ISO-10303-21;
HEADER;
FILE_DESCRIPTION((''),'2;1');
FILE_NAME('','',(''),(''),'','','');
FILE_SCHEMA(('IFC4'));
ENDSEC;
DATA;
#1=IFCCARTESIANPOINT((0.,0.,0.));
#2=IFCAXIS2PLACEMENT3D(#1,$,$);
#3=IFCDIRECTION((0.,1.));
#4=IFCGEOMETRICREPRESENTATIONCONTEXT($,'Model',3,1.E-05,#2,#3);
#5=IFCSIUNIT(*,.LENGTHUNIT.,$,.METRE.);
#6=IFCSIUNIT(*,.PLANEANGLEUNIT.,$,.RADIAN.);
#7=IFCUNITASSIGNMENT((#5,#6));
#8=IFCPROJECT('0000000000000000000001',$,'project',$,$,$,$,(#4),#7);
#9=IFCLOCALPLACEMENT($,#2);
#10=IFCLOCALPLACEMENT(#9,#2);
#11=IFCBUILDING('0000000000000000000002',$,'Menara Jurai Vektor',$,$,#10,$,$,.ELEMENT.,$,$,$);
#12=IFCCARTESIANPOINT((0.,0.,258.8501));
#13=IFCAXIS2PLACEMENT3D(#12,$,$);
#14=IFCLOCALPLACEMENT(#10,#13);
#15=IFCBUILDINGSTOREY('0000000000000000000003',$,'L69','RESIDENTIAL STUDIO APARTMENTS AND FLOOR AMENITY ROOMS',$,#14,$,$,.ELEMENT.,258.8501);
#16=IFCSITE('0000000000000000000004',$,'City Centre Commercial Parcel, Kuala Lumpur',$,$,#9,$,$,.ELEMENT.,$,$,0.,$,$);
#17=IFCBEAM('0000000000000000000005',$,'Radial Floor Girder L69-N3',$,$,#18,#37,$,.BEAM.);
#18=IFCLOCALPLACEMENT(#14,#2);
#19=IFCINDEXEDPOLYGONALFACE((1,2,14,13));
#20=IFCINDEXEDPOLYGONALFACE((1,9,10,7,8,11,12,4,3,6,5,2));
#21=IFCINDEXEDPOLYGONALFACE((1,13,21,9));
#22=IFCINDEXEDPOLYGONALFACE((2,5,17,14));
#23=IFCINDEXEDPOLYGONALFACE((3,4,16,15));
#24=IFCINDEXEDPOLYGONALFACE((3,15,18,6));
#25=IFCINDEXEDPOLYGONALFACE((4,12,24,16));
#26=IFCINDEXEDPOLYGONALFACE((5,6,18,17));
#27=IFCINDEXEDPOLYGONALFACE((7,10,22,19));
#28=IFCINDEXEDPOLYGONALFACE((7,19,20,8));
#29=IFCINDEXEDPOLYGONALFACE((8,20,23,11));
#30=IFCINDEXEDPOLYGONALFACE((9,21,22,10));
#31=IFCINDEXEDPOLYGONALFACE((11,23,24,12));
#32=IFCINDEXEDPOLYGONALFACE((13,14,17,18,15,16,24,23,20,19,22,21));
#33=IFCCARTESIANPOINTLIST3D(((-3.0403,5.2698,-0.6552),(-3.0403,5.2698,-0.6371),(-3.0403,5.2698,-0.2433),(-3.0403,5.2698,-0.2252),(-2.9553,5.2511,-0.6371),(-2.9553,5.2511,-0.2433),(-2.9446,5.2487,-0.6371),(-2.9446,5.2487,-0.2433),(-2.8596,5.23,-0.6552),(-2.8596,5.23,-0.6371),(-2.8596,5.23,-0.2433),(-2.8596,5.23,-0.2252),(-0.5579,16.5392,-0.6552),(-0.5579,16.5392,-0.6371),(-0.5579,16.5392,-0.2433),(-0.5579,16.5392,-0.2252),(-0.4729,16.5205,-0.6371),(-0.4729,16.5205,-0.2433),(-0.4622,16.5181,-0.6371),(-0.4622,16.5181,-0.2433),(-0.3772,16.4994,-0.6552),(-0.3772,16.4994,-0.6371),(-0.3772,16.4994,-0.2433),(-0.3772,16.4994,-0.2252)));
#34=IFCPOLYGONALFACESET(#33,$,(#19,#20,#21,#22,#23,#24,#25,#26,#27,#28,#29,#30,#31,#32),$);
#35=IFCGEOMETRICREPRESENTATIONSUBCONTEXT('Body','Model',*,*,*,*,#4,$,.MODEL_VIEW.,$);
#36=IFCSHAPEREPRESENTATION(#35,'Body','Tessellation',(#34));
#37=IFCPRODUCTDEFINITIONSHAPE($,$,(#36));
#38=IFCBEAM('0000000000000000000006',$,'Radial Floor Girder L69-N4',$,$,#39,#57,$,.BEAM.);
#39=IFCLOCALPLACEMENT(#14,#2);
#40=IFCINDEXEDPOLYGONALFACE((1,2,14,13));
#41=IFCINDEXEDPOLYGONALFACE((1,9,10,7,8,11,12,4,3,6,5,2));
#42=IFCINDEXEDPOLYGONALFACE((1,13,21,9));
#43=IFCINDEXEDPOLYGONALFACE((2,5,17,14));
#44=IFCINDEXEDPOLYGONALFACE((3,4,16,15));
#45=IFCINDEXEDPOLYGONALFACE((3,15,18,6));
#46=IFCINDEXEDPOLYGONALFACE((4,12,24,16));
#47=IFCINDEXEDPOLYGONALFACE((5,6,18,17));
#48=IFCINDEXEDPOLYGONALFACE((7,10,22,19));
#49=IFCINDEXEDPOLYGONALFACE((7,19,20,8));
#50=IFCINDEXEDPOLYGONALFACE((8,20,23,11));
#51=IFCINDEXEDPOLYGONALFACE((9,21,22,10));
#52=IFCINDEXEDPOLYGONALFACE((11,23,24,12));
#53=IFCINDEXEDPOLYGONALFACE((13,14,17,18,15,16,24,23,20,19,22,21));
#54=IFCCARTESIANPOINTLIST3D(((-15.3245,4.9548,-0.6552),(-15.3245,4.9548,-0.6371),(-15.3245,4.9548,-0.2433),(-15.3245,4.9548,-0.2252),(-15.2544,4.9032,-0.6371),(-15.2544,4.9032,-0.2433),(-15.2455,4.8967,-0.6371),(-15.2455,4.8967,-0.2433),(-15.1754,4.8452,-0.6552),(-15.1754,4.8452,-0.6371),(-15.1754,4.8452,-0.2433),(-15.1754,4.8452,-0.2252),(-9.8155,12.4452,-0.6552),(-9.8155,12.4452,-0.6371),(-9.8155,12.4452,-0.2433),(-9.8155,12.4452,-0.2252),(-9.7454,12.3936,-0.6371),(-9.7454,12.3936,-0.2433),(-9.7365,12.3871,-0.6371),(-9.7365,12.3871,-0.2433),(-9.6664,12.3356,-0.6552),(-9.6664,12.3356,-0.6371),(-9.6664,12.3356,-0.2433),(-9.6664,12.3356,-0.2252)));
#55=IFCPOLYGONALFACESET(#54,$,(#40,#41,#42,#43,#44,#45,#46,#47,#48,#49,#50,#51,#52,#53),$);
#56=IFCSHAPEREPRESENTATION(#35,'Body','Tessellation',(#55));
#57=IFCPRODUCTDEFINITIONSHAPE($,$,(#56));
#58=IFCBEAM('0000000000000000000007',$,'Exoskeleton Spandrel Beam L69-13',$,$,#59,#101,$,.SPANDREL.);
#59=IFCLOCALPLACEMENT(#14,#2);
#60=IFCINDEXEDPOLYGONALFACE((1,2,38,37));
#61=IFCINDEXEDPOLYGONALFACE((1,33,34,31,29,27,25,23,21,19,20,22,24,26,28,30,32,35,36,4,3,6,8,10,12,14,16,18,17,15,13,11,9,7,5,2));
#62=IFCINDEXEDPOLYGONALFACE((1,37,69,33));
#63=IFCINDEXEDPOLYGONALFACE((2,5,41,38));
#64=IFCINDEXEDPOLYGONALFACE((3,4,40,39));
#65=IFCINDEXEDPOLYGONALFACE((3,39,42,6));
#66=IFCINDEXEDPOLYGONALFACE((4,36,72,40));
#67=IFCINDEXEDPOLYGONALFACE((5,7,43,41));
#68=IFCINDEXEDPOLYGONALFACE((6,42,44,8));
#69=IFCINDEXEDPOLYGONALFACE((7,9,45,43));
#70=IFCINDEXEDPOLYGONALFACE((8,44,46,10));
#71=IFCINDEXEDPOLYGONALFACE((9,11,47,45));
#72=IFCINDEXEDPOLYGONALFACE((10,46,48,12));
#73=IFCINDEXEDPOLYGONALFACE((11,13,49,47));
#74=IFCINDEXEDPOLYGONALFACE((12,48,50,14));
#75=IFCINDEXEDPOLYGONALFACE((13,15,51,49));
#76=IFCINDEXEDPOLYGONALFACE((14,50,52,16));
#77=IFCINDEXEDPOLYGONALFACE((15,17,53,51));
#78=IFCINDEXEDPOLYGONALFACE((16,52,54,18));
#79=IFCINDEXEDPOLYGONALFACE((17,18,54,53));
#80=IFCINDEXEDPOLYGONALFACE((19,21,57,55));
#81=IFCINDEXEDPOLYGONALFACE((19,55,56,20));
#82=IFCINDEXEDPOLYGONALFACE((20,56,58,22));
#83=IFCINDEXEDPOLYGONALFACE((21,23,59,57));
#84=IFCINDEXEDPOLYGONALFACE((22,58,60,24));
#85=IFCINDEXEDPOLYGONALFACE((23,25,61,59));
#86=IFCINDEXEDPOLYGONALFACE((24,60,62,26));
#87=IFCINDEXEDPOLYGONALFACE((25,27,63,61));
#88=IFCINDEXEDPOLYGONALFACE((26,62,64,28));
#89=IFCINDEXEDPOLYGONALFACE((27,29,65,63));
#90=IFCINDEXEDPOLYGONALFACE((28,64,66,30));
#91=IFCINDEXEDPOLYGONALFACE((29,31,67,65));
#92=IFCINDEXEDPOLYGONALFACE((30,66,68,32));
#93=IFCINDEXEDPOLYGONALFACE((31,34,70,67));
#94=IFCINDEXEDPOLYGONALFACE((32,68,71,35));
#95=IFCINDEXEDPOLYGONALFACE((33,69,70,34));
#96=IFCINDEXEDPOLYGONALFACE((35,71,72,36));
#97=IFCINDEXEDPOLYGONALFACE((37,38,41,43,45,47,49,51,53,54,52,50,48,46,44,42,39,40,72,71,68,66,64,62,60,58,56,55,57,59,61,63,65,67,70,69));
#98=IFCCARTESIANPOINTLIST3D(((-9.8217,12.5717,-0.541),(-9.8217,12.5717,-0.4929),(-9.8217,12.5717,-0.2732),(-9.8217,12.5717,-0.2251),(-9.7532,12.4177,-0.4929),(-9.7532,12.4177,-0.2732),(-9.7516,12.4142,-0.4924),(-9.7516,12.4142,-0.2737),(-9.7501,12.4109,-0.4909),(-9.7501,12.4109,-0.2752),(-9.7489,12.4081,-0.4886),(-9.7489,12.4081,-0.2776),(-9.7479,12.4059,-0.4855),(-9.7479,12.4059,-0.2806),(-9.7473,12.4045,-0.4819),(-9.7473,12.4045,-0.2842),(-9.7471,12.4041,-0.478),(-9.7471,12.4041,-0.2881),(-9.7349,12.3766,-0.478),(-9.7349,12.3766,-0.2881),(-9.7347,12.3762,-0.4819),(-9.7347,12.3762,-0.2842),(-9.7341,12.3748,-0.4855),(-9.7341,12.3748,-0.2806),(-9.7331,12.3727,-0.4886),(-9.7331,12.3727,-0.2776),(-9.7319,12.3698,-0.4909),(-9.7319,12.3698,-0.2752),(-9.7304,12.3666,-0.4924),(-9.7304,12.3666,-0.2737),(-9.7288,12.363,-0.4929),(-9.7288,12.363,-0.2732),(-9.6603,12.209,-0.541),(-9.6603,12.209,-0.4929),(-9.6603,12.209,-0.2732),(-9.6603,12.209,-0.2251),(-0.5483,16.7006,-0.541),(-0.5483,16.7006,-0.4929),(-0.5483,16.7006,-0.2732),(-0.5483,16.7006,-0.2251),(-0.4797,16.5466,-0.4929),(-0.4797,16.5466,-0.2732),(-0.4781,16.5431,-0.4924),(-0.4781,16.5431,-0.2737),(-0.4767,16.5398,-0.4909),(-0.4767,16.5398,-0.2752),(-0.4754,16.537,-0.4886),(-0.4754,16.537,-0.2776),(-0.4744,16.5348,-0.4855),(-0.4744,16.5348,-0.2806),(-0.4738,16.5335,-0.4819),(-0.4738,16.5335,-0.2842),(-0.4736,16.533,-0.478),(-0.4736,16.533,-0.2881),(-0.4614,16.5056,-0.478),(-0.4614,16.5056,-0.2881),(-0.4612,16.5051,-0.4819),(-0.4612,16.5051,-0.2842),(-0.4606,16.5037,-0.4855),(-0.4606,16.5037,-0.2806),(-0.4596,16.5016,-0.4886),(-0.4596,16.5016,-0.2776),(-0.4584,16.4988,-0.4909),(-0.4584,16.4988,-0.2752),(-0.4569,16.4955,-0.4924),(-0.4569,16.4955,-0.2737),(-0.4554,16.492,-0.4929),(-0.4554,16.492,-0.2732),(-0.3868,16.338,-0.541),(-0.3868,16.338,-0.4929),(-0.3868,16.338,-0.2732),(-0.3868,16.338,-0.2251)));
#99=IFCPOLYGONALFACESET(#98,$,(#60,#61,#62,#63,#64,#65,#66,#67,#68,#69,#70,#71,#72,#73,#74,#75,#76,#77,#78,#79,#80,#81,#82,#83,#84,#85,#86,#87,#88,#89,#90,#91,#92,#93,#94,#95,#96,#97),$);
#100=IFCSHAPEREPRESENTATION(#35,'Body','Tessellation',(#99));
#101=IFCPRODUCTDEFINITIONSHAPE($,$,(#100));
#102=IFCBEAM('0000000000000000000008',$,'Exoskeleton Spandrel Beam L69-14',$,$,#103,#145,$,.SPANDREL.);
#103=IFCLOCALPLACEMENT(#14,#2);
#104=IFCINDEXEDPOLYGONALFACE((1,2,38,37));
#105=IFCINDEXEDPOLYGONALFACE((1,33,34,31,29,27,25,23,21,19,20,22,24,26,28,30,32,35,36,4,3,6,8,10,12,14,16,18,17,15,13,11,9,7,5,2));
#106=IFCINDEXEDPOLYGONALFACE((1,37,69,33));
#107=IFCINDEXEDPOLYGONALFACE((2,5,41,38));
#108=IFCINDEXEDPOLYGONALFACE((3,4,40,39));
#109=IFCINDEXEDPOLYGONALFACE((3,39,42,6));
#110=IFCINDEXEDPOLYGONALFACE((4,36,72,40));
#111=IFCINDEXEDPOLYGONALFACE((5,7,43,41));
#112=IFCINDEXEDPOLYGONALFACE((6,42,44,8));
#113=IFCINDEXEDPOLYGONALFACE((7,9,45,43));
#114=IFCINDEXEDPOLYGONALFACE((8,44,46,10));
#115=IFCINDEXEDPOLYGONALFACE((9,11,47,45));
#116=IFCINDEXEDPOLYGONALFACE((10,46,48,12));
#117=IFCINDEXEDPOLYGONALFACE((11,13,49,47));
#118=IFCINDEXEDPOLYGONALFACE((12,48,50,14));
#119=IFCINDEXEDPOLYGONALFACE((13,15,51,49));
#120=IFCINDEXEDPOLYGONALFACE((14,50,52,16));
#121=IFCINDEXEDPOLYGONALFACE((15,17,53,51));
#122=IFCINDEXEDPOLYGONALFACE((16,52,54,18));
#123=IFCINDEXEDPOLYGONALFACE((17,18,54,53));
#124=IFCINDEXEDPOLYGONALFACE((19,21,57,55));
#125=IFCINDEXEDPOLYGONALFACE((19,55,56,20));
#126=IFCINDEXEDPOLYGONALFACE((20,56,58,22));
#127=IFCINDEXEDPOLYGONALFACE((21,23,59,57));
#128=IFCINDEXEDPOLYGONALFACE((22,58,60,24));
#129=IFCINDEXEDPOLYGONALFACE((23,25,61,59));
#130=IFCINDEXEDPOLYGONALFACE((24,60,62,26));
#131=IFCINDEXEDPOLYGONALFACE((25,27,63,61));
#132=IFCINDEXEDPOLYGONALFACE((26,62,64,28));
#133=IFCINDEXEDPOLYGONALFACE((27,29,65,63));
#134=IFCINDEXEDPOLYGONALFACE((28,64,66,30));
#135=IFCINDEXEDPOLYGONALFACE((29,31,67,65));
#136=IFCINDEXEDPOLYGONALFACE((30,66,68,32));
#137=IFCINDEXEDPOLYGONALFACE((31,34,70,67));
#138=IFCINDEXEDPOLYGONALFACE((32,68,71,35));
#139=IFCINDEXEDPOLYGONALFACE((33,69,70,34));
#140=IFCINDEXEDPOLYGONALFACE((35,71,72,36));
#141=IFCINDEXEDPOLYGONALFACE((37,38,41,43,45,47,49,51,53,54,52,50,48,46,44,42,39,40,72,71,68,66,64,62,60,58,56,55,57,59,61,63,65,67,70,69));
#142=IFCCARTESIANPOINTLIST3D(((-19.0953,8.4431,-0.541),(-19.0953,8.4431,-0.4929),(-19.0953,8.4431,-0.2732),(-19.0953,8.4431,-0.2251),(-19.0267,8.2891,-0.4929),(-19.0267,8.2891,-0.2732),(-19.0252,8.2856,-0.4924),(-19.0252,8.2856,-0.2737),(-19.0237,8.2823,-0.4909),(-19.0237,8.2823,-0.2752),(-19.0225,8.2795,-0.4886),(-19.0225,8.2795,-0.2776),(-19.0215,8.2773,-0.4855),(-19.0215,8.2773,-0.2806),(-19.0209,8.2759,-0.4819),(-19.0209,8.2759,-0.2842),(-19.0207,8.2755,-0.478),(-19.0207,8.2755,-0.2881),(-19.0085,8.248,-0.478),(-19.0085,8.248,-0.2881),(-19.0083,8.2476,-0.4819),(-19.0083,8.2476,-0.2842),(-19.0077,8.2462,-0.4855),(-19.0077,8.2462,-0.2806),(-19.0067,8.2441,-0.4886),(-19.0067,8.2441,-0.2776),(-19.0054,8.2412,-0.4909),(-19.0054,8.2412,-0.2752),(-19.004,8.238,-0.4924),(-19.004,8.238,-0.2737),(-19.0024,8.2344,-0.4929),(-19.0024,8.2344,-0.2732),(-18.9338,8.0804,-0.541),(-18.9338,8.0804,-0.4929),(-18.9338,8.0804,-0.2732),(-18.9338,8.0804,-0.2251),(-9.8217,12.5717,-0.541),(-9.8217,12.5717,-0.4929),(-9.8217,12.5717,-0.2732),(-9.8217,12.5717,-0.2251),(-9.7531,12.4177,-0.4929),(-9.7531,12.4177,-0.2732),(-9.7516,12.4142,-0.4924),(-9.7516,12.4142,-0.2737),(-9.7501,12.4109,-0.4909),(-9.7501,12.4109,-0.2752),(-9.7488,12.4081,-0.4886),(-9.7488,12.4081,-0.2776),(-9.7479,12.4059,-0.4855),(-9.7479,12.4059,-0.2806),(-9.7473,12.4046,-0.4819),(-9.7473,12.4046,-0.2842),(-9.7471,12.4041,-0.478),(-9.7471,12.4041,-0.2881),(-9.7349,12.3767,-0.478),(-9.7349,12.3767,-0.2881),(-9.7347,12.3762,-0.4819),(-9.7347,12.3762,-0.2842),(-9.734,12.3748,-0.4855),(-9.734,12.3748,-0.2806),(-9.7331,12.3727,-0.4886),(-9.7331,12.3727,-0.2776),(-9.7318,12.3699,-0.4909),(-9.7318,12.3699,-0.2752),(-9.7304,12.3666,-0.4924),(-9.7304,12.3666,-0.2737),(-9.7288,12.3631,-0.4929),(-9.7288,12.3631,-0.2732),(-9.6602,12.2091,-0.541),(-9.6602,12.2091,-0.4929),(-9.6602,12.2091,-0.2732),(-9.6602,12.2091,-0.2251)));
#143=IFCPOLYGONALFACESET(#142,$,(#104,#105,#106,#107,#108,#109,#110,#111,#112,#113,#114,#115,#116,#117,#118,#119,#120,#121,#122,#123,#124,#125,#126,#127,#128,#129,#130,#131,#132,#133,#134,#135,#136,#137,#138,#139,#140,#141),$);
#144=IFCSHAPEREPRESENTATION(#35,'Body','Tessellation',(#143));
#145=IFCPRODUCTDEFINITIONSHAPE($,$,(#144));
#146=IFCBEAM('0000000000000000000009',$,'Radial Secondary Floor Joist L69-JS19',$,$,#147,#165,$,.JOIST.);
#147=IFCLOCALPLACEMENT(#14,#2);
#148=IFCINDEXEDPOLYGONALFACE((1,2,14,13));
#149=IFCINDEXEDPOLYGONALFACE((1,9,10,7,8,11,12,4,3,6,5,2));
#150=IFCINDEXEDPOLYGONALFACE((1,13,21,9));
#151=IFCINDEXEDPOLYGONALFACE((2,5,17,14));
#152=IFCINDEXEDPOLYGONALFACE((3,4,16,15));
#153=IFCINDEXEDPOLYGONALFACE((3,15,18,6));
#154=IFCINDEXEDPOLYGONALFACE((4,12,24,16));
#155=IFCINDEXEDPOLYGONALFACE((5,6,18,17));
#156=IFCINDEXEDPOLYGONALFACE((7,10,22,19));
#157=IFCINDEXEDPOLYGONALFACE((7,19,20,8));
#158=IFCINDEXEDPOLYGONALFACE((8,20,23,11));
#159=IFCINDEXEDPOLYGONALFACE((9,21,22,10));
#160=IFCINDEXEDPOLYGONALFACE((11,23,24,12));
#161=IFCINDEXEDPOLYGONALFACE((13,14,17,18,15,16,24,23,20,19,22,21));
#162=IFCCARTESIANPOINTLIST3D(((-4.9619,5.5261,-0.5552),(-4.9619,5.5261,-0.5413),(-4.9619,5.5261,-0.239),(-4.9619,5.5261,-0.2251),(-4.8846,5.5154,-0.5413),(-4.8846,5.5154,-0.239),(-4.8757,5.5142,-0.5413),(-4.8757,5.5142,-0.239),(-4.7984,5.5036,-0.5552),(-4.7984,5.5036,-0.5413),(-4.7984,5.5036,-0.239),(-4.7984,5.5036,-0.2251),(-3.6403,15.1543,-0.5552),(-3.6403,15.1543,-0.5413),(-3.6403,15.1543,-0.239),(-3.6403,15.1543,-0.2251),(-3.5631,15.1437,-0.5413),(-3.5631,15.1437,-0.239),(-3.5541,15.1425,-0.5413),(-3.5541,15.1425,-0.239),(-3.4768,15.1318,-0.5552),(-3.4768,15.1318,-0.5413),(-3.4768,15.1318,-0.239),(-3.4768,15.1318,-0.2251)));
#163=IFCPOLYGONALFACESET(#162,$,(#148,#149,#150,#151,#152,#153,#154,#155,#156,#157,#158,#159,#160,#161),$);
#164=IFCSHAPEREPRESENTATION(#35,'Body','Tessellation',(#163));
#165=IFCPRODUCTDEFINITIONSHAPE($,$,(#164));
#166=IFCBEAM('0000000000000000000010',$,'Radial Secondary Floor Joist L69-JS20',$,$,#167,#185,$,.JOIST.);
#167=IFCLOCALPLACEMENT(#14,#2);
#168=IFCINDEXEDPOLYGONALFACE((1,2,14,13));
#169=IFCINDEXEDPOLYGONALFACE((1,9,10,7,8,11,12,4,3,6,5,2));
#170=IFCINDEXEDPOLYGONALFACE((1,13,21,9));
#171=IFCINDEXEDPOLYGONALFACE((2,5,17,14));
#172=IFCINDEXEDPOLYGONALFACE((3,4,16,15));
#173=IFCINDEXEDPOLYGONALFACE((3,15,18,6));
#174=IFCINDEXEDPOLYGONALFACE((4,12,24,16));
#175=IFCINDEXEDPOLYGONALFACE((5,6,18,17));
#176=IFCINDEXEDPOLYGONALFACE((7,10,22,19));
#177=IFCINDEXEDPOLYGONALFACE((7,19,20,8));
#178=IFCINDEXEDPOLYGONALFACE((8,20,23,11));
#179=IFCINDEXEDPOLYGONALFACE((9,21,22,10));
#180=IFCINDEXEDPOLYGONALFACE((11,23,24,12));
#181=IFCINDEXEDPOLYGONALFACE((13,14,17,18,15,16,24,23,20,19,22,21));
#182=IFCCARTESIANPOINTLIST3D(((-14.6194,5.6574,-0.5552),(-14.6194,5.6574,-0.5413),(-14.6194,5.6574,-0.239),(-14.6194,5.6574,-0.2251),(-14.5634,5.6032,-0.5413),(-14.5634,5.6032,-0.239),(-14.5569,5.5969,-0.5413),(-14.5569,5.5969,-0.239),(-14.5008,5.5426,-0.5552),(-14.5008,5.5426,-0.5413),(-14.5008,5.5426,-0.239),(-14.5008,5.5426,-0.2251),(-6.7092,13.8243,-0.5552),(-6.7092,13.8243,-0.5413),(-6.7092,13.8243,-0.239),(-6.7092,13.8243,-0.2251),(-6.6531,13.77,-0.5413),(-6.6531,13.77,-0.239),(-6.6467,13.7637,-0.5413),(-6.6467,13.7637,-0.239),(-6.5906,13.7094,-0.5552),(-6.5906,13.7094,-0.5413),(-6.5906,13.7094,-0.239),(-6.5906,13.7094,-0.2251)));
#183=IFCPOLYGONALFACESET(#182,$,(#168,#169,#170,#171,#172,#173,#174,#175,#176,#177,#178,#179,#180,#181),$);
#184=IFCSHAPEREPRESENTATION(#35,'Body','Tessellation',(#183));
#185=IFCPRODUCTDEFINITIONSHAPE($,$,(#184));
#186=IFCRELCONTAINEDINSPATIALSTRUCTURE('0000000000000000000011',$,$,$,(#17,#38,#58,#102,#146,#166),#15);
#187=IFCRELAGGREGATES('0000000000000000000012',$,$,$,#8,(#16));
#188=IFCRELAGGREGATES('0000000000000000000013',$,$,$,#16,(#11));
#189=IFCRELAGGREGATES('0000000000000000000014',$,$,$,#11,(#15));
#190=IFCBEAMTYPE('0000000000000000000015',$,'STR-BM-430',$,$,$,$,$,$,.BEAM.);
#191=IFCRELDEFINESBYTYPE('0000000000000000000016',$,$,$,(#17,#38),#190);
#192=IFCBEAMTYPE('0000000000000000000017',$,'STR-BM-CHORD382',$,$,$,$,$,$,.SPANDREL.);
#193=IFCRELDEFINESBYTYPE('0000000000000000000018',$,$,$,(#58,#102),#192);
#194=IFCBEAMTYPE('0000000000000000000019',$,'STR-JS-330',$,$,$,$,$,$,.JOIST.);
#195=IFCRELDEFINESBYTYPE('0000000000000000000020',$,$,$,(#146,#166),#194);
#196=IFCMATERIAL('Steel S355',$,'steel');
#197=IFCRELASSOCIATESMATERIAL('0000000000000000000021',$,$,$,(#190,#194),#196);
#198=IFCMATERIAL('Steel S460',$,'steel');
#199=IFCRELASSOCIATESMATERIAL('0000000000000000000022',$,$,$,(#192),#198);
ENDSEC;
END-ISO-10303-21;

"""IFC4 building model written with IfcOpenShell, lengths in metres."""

from ifc_helpers import new_model, si_unit, direction, frame, origin, origin_2d, place, context, subcontext, project, spatial, i_section, extrude, material, material_profile, profile_set, type_object, element, save


model = new_model("IFC4")

# Units and contexts
model_context = context("Model", 3, precision=1e-05, world=origin(), true_north=direction((0.0, 1.0)))
body_context = subcontext(model_context, "Body", "Model", "MODEL_VIEW")
ifc_project = project(units=[si_unit("LENGTHUNIT", "METRE"), si_unit("PLANEANGLEUNIT", "RADIAN")], contexts=[model_context])

# Site, building, storey
site_placement = place(None, origin())
site = spatial("IfcSite", under=ifc_project, at=site_placement, Name="City Centre Commercial Parcel, Kuala Lumpur", CompositionType="ELEMENT", RefElevation=0.0)
building_placement = place(site_placement, origin())
building = spatial("IfcBuilding", under=site, at=building_placement, Name="Menara Jurai Vektor", CompositionType="ELEMENT")
storey_placement = place(building_placement, frame((0.0, 0.0, 258.8501)))
storey = spatial("IfcBuildingStorey", under=building, at=storey_placement, Name="L69", Description="RESIDENTIAL STUDIO APARTMENTS AND FLOOR AMENITY ROOMS", CompositionType="ELEMENT", Elevation=258.8501)

# Shared definitions
ifc_material_1 = material(Name="Steel S355", Category="steel")
ifc_material_2 = material(Name="Steel S460", Category="steel")

# Beams
ifc_material_profile_1 = material_profile(ifc_material_1, i_section(OverallWidth=0.1851, OverallDepth=0.4299, WebThickness=0.011, FlangeThickness=0.0181, at=origin_2d()), Name="PG 430x185x76")
ifc_profile_set_1 = profile_set([ifc_material_profile_1], Name="Steel S355")
beam_type_1 = type_object("IfcBeamType", Name="STR-BM-430", PredefinedType="BEAM", material=ifc_profile_set_1)
beam_1_placement = place(storey_placement, frame((-0.4675, 16.5193, -0.4402), z_axis=(-0.215125, -0.976587, 0.0), x_axis=(0.976587, -0.215125, 0.0)))
element("IfcBeam", 1, at=beam_1_placement, inside=storey, type_object=beam_type_1, Name="Radial Floor Girder L69-N3", PredefinedType="BEAM", context=body_context, shape_type="SweptSolid", body=[
    extrude(i_section(OverallWidth=0.1851, OverallDepth=0.4299, WebThickness=0.011, FlangeThickness=0.0181, at=origin_2d()), origin(), (0.0, 0.0, 1.0), 11.5396),
])
beam_2_placement = place(storey_placement, frame((-9.741, 12.3904, -0.4402), z_axis=(-0.592483, -0.805583, 0.0), x_axis=(0.805583, -0.592483, 0.0)))
element("IfcBeam", 2, at=beam_2_placement, inside=storey, type_object=beam_type_1, Name="Radial Floor Girder L69-N4", PredefinedType="BEAM", context=body_context, shape_type="SweptSolid", body=[
    extrude(i_section(OverallWidth=0.1851, OverallDepth=0.4299, WebThickness=0.011, FlangeThickness=0.0181, at=origin_2d()), origin(), (0.0, 0.0, 1.0), 9.2981),
])
ifc_material_profile_2 = material_profile(ifc_material_2, i_section(OverallWidth=0.397, OverallDepth=0.3159, WebThickness=0.03, FlangeThickness=0.0481, FilletRadius=0.0149, at=origin_2d()), Name="HD 400x382")
ifc_profile_set_2 = profile_set([ifc_material_profile_2], Name="Steel S460")
beam_type_2 = type_object("IfcBeamType", Name="STR-BM-CHORD382", PredefinedType="SPANDREL", material=ifc_profile_set_2)
for number, where, z_axis, x_axis, name in (
    (3, (-0.4675, 16.5193, -0.3831), (-0.913542, -0.406745, 0.0), (0.406745, -0.913542, 0.0), "Exoskeleton Spandrel Beam L69-13"),
    (4, (-9.741, 12.3904, -0.3831), (-0.913554, -0.406716, 0.0), (0.406716, -0.913554, 0.0), "Exoskeleton Spandrel Beam L69-14"),
):
    element("IfcBeam", number, at=place(storey_placement, frame(where, z_axis=z_axis, x_axis=x_axis)), inside=storey, type_object=beam_type_2, Name=name, PredefinedType="SPANDREL", context=body_context, shape_type="SweptSolid", body=[
        extrude(i_section(OverallWidth=0.397, OverallDepth=0.3159, WebThickness=0.03, FlangeThickness=0.0481, FilletRadius=0.0149, at=origin_2d()), origin(), (0.0, 0.0, 1.0), 10.1511),
    ])
ifc_material_profile_3 = material_profile(ifc_material_1, i_section(OverallWidth=0.165, OverallDepth=0.3301, WebThickness=0.009, FlangeThickness=0.0139, at=origin_2d()), Name="PG 330x165x46")
ifc_profile_set_3 = profile_set([ifc_material_profile_3], Name="Steel S355")
beam_type_3 = type_object("IfcBeamType", Name="STR-JS-330", PredefinedType="JOIST", material=ifc_profile_set_3)
beam_3_placement = place(storey_placement, frame((-3.5586, 15.1431, -0.3901), z_axis=(-0.135982, -0.990711, 0.0), x_axis=(0.990711, -0.135982, 0.0)))
element("IfcBeam", 5, at=beam_3_placement, inside=storey, type_object=beam_type_3, Name="Radial Secondary Floor Joist L69-JS19", PredefinedType="JOIST", context=body_context, shape_type="SweptSolid", body=[
    extrude(i_section(OverallWidth=0.165, OverallDepth=0.3301, WebThickness=0.009, FlangeThickness=0.0139, at=origin_2d()), origin(), (0.0, 0.0, 1.0), 9.7185),
])
beam_4_placement = place(storey_placement, frame((-6.6499, 13.7668, -0.3901), z_axis=(-0.695733, -0.718301, 0.0), x_axis=(0.718301, -0.695733, 0.0)))
element("IfcBeam", 6, at=beam_4_placement, inside=storey, type_object=beam_type_3, Name="Radial Secondary Floor Joist L69-JS20", PredefinedType="JOIST", context=body_context, shape_type="SweptSolid", body=[
    extrude(i_section(OverallWidth=0.165, OverallDepth=0.3301, WebThickness=0.009, FlangeThickness=0.0139, at=origin_2d()), origin(), (0.0, 0.0, 1.0), 11.3696),
])

save(model, "model.ifc")
